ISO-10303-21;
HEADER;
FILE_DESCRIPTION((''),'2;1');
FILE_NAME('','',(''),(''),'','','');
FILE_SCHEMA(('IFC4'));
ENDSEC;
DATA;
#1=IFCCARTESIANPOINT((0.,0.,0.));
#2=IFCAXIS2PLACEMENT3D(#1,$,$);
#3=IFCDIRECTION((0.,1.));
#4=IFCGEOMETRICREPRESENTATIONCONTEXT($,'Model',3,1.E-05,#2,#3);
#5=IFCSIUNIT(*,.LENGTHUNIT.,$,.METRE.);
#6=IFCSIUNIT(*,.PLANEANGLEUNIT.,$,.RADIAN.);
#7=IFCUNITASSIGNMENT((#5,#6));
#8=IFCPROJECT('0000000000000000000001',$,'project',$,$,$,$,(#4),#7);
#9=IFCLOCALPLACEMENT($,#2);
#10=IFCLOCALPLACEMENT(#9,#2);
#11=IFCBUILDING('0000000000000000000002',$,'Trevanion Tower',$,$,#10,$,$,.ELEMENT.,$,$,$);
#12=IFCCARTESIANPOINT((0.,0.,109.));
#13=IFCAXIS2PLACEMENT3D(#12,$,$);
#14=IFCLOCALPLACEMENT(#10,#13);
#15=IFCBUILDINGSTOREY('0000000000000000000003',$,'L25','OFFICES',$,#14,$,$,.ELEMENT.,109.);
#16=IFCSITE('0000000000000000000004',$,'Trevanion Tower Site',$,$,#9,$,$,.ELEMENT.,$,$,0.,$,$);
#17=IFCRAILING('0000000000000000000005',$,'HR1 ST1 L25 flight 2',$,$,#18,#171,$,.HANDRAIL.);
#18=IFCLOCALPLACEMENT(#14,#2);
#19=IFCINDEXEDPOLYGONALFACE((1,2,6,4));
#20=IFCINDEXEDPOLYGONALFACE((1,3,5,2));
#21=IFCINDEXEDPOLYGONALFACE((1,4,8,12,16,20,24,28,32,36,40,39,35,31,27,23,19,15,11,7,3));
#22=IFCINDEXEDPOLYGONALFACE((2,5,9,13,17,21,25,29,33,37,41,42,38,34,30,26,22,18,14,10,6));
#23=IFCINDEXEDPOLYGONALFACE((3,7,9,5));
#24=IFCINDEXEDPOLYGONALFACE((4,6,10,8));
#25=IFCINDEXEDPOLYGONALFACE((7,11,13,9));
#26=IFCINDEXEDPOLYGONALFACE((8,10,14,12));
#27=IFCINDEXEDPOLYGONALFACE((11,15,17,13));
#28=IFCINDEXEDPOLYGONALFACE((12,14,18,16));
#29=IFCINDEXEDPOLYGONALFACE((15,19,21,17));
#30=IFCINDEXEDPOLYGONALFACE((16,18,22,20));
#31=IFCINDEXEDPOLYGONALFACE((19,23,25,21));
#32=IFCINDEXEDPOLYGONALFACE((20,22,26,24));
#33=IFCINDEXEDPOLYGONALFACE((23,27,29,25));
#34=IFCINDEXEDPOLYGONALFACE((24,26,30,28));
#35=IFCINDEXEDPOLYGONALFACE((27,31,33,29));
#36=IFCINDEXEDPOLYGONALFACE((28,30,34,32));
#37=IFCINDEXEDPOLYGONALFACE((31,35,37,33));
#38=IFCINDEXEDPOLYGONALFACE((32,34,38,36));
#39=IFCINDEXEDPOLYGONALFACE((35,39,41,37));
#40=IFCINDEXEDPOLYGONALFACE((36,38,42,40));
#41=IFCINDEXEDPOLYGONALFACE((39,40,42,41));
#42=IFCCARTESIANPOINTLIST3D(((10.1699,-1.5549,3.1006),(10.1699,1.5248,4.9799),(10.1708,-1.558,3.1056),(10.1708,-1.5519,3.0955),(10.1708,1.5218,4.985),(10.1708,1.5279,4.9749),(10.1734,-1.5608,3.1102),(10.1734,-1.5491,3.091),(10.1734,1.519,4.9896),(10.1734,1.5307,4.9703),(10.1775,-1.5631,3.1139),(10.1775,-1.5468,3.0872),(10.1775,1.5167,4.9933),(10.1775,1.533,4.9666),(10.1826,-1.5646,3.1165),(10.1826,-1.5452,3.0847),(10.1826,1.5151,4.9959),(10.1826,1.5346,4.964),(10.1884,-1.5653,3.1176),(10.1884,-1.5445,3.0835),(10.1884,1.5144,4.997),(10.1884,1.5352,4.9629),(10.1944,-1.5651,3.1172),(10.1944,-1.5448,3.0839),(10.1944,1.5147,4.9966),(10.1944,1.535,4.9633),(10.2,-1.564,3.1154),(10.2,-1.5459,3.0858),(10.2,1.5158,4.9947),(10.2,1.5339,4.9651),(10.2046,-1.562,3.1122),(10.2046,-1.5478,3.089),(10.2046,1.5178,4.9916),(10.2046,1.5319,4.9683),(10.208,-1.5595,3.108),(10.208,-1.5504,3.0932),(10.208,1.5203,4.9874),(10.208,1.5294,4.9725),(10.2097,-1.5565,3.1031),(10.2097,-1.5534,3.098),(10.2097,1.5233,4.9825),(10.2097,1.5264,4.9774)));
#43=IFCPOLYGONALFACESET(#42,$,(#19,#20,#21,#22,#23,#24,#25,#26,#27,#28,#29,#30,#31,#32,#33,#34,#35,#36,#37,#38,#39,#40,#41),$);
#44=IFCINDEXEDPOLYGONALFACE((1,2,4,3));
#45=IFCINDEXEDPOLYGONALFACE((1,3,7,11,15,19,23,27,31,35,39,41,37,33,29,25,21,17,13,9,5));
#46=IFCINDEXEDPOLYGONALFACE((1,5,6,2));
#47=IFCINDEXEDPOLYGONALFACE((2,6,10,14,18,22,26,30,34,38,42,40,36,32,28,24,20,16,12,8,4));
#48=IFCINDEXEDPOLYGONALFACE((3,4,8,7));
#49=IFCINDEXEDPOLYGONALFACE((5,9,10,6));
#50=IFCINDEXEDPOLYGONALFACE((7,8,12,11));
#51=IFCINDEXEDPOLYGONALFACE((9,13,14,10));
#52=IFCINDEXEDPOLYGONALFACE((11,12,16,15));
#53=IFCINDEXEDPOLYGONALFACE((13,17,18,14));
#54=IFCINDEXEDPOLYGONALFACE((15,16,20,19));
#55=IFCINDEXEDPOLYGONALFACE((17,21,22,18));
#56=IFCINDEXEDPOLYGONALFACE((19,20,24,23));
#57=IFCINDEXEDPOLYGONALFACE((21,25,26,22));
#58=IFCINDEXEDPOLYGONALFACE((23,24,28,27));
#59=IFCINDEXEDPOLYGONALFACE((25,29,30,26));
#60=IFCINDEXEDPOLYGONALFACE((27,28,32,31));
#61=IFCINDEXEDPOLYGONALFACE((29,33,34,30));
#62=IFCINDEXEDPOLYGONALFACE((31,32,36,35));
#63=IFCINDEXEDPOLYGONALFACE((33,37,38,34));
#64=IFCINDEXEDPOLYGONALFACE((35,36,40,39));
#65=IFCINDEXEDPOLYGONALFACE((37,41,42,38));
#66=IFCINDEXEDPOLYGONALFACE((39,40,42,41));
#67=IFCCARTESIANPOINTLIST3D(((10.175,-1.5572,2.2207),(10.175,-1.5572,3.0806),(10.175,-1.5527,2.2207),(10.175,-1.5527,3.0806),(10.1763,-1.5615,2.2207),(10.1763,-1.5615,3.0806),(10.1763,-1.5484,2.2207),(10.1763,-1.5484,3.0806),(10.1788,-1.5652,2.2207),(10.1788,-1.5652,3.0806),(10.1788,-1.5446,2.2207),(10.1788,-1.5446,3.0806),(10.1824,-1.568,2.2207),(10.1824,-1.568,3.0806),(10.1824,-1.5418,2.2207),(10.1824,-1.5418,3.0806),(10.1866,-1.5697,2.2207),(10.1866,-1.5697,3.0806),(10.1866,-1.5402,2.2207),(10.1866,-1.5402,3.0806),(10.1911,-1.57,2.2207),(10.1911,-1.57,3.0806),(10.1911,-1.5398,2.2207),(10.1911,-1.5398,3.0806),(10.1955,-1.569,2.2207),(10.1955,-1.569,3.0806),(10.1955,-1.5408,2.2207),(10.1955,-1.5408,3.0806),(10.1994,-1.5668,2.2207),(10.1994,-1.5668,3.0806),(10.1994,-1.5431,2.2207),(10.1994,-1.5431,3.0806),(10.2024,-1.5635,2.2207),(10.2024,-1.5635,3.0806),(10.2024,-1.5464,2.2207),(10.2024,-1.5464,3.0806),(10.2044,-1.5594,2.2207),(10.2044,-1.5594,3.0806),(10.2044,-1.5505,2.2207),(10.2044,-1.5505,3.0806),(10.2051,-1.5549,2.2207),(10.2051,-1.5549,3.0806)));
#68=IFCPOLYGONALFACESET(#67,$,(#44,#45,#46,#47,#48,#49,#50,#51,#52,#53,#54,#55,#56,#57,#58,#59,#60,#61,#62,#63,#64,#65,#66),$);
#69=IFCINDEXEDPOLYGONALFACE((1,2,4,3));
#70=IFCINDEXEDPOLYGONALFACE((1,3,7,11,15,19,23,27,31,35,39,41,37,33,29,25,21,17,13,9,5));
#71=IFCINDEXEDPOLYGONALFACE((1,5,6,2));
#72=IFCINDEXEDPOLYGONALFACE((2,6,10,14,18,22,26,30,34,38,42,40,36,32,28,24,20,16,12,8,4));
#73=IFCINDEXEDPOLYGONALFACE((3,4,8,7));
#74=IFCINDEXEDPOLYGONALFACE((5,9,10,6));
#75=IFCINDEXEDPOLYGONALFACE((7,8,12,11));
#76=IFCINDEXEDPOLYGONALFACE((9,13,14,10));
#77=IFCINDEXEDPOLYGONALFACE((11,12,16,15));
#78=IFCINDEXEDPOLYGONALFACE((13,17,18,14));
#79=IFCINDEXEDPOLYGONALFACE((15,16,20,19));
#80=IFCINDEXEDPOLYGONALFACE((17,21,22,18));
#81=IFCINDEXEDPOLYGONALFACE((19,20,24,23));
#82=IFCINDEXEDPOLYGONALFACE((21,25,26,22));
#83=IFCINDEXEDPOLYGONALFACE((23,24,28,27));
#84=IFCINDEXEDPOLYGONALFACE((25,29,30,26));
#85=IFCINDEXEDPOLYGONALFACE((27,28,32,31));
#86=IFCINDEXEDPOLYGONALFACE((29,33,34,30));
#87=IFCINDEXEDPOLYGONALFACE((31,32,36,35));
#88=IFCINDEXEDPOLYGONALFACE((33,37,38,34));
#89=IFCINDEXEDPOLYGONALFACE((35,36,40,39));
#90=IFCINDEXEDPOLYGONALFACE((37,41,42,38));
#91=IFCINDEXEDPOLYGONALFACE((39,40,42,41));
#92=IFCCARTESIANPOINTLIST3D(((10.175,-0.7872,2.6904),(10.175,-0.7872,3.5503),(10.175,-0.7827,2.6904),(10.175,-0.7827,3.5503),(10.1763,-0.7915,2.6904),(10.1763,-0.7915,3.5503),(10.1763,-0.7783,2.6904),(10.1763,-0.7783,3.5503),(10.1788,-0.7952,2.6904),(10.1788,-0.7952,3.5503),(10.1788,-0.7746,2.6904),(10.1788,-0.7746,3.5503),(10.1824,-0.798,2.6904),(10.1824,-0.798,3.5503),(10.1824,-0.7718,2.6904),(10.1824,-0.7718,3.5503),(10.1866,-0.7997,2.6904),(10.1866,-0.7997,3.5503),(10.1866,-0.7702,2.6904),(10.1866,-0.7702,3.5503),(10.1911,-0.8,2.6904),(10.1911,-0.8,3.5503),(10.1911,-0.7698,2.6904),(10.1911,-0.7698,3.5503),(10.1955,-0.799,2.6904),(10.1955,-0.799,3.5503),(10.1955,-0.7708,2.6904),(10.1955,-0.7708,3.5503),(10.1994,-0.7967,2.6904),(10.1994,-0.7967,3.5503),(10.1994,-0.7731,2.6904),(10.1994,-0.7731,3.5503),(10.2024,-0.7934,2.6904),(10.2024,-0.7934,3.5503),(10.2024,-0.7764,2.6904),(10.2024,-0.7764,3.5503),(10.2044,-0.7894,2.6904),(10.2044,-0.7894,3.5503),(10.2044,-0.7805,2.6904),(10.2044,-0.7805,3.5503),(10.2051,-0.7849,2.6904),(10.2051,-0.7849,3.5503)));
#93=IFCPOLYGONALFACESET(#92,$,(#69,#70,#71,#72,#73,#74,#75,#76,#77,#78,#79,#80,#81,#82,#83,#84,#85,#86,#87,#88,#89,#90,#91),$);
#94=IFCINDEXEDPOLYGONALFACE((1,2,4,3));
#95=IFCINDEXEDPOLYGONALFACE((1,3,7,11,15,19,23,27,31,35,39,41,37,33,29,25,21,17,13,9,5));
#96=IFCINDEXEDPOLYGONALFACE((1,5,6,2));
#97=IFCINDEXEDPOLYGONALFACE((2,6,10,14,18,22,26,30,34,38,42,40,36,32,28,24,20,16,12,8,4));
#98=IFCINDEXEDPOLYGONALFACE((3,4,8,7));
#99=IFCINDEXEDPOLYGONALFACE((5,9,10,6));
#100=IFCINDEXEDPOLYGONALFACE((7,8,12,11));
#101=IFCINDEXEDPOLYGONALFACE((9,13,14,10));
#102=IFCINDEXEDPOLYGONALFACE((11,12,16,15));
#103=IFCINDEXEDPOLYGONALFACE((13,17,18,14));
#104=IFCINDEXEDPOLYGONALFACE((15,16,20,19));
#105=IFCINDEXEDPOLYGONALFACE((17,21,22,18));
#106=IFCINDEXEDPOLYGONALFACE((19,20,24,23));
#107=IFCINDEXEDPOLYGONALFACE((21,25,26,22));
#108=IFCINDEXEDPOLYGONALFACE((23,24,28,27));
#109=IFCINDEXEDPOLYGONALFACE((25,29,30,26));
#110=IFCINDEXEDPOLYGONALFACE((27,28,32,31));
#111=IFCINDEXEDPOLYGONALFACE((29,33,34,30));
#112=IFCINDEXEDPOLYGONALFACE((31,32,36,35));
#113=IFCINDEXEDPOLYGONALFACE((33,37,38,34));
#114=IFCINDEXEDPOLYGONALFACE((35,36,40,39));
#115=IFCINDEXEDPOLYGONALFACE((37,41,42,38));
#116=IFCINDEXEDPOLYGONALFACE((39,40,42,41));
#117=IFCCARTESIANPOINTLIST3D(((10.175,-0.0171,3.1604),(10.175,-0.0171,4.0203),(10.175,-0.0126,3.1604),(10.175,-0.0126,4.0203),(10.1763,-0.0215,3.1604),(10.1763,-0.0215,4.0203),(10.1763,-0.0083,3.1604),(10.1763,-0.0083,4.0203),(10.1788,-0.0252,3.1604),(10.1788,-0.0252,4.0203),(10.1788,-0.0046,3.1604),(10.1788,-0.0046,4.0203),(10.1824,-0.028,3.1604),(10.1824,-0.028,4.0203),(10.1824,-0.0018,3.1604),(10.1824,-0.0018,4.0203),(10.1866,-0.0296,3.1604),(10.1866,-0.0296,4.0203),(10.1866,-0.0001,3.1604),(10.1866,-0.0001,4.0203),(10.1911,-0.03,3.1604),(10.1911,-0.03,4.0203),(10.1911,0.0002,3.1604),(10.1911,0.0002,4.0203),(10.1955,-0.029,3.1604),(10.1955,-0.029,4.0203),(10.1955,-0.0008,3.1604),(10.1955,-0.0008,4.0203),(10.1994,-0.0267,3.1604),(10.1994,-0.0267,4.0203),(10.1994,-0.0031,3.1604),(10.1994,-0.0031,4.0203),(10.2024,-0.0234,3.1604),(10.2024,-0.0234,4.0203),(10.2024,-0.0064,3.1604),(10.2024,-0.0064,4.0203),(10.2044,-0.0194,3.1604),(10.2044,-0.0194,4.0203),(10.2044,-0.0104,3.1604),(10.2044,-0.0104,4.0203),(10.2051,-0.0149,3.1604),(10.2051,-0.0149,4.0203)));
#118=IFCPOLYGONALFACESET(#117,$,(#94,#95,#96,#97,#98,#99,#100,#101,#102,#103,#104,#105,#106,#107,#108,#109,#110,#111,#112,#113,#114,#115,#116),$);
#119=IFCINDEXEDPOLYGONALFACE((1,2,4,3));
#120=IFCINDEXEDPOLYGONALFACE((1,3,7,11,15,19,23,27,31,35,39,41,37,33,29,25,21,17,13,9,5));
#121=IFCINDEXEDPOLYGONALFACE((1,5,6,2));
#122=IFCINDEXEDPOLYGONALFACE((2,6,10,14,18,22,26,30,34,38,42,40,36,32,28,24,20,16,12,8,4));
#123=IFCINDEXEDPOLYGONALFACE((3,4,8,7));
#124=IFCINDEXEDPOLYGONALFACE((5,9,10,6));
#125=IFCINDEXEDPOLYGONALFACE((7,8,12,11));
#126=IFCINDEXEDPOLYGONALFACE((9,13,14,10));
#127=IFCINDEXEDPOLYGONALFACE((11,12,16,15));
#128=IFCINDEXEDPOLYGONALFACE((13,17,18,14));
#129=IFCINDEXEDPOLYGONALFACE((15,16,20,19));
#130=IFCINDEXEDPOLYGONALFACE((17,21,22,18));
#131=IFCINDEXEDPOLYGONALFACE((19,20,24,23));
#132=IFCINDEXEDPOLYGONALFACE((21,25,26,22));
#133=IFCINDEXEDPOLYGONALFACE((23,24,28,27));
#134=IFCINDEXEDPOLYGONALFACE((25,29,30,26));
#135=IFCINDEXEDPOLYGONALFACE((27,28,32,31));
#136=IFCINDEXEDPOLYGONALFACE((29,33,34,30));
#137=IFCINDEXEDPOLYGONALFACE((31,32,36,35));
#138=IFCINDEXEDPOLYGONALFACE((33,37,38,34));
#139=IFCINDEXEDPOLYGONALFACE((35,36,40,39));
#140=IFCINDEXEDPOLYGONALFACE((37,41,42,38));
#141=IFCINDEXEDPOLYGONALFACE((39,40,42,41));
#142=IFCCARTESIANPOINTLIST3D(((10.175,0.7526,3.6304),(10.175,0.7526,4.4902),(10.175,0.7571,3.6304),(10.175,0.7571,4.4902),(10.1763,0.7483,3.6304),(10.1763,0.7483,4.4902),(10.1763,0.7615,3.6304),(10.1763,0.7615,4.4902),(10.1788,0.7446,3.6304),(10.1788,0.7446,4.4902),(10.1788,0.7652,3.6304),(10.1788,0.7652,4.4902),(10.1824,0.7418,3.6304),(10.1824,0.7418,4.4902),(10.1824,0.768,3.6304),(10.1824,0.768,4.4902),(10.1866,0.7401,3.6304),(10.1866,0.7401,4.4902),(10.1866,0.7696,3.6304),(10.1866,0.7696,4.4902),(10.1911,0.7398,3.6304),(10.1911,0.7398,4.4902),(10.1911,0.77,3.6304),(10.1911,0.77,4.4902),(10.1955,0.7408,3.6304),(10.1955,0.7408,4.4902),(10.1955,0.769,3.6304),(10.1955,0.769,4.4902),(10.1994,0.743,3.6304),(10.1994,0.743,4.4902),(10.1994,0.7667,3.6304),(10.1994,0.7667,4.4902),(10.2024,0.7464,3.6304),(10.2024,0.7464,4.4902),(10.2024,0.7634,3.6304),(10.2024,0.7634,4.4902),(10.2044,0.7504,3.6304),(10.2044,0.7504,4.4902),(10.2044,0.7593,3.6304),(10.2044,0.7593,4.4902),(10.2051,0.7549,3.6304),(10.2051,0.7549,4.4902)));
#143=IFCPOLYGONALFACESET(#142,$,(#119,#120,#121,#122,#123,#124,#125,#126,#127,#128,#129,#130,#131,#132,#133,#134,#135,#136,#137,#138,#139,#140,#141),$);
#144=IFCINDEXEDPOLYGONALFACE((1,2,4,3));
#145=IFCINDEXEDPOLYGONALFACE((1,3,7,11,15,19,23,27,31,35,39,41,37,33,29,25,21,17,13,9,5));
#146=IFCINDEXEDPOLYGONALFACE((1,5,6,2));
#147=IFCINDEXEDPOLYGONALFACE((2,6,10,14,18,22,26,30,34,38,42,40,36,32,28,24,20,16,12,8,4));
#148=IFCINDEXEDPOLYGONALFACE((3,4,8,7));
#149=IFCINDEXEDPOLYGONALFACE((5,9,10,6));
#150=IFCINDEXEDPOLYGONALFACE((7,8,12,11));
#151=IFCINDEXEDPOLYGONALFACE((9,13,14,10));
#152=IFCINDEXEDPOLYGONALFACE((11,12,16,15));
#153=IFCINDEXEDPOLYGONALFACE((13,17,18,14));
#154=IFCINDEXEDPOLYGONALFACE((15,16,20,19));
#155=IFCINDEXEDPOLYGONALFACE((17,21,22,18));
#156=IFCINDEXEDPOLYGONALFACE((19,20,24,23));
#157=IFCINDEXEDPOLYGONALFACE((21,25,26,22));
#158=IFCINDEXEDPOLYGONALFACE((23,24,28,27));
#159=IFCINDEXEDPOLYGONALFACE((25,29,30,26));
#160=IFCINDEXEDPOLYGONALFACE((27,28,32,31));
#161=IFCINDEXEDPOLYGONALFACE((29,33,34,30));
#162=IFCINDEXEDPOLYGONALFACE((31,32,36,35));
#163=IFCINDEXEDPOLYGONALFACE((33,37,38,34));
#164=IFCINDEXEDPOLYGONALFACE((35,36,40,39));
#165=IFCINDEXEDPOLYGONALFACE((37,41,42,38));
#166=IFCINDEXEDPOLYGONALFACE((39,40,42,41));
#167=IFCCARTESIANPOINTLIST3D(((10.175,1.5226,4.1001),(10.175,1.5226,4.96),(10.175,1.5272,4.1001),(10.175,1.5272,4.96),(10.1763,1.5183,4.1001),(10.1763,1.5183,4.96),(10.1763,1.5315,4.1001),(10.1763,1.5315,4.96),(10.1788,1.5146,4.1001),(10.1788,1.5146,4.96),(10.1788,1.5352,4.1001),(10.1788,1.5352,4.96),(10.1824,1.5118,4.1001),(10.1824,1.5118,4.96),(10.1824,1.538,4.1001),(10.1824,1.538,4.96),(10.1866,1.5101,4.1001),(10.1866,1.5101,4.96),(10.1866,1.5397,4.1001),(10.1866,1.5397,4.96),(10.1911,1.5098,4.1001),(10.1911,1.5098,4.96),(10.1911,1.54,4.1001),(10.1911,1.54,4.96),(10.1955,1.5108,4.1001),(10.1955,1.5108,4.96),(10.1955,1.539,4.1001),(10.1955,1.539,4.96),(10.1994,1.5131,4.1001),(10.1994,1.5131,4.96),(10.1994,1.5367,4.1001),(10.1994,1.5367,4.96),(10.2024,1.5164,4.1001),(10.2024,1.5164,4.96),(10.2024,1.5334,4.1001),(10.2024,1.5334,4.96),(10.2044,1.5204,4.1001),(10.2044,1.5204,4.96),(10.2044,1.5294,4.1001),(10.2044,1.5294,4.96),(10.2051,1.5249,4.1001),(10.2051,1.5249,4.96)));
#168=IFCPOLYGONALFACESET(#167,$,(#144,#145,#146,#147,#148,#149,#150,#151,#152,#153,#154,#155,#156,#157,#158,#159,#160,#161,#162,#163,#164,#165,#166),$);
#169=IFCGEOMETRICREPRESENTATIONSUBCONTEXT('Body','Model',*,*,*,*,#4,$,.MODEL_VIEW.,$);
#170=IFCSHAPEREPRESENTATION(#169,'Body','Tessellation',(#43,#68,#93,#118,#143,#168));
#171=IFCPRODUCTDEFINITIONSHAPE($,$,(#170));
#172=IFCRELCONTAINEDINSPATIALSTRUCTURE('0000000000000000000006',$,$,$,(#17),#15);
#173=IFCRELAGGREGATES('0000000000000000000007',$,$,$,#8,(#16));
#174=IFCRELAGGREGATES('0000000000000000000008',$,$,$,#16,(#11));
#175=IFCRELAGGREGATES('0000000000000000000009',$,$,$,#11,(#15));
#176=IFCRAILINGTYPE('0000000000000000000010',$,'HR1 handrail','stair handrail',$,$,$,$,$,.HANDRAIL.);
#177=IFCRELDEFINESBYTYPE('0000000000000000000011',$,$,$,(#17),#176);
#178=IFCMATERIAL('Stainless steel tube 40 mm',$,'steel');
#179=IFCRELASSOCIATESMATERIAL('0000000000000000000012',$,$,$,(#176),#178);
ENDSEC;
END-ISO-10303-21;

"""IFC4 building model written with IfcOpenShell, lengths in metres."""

from ifc_helpers import new_model, si_unit, direction, frame, origin, origin_2d, place, context, subcontext, project, spatial, circle, extrude, material, type_object, element, save


model = new_model("IFC4")

# Units and contexts
model_context = context("Model", 3, precision=1e-05, world=origin(), true_north=direction((0.0, 1.0)))
body_context = subcontext(model_context, "Body", "Model", "MODEL_VIEW")
ifc_project = project(units=[si_unit("LENGTHUNIT", "METRE"), si_unit("PLANEANGLEUNIT", "RADIAN")], contexts=[model_context])

# Site, building, storey
site_placement = place(None, origin())
site = spatial("IfcSite", under=ifc_project, at=site_placement, Name="Trevanion Tower Site", CompositionType="ELEMENT", RefElevation=0.0)
building_placement = place(site_placement, origin())
building = spatial("IfcBuilding", under=site, at=building_placement, Name="Trevanion Tower", CompositionType="ELEMENT")
storey_placement = place(building_placement, frame((0.0, 0.0, 109.0)))
storey = spatial("IfcBuildingStorey", under=building, at=storey_placement, Name="L25", Description="OFFICES", CompositionType="ELEMENT", Elevation=109.0)

# Railing
ifc_material_1 = material(Name="Stainless steel tube 40 mm", Category="steel")
railing_type = type_object("IfcRailingType", Name="HR1 handrail", Description="stair handrail", PredefinedType="HANDRAIL", material=ifc_material_1)
for number, where, name in (
    (1, (10.1899, -1.5549, 2.2207), "HR1 ST1 L25 flight 2"),
):
    element("IfcRailing", number, at=place(storey_placement, frame(where)), inside=storey, type_object=railing_type, Name=name, PredefinedType="HANDRAIL", context=body_context, shape_type="SweptSolid", body=[
        extrude(circle(Radius=0.02, at=origin_2d()), frame((0.0, 0.0, 0.8799), z_axis=(0.0, 0.853618, 0.5209), x_axis=(-1.0, 0.0, 0.0)), (0.0, 0.0, 1.0), 3.6079),
        extrude(circle(Radius=0.0151, at=origin_2d()), origin(), (0.0, 0.0, 1.0), 0.8599),
        extrude(circle(Radius=0.0151, at=origin_2d()), frame((0.0, 0.77, 0.4697)), (0.0, 0.0, 1.0), 0.8599),
        extrude(circle(Radius=0.0151, at=origin_2d()), frame((0.0, 1.54, 0.9397)), (0.0, 0.0, 1.0), 0.8599),
        extrude(circle(Radius=0.0151, at=origin_2d()), frame((0.0, 2.3098, 1.4097)), (0.0, 0.0, 1.0), 0.8599),
        extrude(circle(Radius=0.0151, at=origin_2d()), frame((0.0, 3.0798, 1.8794)), (0.0, 0.0, 1.0), 0.8599),
    ])

save(model, "model.ifc")
